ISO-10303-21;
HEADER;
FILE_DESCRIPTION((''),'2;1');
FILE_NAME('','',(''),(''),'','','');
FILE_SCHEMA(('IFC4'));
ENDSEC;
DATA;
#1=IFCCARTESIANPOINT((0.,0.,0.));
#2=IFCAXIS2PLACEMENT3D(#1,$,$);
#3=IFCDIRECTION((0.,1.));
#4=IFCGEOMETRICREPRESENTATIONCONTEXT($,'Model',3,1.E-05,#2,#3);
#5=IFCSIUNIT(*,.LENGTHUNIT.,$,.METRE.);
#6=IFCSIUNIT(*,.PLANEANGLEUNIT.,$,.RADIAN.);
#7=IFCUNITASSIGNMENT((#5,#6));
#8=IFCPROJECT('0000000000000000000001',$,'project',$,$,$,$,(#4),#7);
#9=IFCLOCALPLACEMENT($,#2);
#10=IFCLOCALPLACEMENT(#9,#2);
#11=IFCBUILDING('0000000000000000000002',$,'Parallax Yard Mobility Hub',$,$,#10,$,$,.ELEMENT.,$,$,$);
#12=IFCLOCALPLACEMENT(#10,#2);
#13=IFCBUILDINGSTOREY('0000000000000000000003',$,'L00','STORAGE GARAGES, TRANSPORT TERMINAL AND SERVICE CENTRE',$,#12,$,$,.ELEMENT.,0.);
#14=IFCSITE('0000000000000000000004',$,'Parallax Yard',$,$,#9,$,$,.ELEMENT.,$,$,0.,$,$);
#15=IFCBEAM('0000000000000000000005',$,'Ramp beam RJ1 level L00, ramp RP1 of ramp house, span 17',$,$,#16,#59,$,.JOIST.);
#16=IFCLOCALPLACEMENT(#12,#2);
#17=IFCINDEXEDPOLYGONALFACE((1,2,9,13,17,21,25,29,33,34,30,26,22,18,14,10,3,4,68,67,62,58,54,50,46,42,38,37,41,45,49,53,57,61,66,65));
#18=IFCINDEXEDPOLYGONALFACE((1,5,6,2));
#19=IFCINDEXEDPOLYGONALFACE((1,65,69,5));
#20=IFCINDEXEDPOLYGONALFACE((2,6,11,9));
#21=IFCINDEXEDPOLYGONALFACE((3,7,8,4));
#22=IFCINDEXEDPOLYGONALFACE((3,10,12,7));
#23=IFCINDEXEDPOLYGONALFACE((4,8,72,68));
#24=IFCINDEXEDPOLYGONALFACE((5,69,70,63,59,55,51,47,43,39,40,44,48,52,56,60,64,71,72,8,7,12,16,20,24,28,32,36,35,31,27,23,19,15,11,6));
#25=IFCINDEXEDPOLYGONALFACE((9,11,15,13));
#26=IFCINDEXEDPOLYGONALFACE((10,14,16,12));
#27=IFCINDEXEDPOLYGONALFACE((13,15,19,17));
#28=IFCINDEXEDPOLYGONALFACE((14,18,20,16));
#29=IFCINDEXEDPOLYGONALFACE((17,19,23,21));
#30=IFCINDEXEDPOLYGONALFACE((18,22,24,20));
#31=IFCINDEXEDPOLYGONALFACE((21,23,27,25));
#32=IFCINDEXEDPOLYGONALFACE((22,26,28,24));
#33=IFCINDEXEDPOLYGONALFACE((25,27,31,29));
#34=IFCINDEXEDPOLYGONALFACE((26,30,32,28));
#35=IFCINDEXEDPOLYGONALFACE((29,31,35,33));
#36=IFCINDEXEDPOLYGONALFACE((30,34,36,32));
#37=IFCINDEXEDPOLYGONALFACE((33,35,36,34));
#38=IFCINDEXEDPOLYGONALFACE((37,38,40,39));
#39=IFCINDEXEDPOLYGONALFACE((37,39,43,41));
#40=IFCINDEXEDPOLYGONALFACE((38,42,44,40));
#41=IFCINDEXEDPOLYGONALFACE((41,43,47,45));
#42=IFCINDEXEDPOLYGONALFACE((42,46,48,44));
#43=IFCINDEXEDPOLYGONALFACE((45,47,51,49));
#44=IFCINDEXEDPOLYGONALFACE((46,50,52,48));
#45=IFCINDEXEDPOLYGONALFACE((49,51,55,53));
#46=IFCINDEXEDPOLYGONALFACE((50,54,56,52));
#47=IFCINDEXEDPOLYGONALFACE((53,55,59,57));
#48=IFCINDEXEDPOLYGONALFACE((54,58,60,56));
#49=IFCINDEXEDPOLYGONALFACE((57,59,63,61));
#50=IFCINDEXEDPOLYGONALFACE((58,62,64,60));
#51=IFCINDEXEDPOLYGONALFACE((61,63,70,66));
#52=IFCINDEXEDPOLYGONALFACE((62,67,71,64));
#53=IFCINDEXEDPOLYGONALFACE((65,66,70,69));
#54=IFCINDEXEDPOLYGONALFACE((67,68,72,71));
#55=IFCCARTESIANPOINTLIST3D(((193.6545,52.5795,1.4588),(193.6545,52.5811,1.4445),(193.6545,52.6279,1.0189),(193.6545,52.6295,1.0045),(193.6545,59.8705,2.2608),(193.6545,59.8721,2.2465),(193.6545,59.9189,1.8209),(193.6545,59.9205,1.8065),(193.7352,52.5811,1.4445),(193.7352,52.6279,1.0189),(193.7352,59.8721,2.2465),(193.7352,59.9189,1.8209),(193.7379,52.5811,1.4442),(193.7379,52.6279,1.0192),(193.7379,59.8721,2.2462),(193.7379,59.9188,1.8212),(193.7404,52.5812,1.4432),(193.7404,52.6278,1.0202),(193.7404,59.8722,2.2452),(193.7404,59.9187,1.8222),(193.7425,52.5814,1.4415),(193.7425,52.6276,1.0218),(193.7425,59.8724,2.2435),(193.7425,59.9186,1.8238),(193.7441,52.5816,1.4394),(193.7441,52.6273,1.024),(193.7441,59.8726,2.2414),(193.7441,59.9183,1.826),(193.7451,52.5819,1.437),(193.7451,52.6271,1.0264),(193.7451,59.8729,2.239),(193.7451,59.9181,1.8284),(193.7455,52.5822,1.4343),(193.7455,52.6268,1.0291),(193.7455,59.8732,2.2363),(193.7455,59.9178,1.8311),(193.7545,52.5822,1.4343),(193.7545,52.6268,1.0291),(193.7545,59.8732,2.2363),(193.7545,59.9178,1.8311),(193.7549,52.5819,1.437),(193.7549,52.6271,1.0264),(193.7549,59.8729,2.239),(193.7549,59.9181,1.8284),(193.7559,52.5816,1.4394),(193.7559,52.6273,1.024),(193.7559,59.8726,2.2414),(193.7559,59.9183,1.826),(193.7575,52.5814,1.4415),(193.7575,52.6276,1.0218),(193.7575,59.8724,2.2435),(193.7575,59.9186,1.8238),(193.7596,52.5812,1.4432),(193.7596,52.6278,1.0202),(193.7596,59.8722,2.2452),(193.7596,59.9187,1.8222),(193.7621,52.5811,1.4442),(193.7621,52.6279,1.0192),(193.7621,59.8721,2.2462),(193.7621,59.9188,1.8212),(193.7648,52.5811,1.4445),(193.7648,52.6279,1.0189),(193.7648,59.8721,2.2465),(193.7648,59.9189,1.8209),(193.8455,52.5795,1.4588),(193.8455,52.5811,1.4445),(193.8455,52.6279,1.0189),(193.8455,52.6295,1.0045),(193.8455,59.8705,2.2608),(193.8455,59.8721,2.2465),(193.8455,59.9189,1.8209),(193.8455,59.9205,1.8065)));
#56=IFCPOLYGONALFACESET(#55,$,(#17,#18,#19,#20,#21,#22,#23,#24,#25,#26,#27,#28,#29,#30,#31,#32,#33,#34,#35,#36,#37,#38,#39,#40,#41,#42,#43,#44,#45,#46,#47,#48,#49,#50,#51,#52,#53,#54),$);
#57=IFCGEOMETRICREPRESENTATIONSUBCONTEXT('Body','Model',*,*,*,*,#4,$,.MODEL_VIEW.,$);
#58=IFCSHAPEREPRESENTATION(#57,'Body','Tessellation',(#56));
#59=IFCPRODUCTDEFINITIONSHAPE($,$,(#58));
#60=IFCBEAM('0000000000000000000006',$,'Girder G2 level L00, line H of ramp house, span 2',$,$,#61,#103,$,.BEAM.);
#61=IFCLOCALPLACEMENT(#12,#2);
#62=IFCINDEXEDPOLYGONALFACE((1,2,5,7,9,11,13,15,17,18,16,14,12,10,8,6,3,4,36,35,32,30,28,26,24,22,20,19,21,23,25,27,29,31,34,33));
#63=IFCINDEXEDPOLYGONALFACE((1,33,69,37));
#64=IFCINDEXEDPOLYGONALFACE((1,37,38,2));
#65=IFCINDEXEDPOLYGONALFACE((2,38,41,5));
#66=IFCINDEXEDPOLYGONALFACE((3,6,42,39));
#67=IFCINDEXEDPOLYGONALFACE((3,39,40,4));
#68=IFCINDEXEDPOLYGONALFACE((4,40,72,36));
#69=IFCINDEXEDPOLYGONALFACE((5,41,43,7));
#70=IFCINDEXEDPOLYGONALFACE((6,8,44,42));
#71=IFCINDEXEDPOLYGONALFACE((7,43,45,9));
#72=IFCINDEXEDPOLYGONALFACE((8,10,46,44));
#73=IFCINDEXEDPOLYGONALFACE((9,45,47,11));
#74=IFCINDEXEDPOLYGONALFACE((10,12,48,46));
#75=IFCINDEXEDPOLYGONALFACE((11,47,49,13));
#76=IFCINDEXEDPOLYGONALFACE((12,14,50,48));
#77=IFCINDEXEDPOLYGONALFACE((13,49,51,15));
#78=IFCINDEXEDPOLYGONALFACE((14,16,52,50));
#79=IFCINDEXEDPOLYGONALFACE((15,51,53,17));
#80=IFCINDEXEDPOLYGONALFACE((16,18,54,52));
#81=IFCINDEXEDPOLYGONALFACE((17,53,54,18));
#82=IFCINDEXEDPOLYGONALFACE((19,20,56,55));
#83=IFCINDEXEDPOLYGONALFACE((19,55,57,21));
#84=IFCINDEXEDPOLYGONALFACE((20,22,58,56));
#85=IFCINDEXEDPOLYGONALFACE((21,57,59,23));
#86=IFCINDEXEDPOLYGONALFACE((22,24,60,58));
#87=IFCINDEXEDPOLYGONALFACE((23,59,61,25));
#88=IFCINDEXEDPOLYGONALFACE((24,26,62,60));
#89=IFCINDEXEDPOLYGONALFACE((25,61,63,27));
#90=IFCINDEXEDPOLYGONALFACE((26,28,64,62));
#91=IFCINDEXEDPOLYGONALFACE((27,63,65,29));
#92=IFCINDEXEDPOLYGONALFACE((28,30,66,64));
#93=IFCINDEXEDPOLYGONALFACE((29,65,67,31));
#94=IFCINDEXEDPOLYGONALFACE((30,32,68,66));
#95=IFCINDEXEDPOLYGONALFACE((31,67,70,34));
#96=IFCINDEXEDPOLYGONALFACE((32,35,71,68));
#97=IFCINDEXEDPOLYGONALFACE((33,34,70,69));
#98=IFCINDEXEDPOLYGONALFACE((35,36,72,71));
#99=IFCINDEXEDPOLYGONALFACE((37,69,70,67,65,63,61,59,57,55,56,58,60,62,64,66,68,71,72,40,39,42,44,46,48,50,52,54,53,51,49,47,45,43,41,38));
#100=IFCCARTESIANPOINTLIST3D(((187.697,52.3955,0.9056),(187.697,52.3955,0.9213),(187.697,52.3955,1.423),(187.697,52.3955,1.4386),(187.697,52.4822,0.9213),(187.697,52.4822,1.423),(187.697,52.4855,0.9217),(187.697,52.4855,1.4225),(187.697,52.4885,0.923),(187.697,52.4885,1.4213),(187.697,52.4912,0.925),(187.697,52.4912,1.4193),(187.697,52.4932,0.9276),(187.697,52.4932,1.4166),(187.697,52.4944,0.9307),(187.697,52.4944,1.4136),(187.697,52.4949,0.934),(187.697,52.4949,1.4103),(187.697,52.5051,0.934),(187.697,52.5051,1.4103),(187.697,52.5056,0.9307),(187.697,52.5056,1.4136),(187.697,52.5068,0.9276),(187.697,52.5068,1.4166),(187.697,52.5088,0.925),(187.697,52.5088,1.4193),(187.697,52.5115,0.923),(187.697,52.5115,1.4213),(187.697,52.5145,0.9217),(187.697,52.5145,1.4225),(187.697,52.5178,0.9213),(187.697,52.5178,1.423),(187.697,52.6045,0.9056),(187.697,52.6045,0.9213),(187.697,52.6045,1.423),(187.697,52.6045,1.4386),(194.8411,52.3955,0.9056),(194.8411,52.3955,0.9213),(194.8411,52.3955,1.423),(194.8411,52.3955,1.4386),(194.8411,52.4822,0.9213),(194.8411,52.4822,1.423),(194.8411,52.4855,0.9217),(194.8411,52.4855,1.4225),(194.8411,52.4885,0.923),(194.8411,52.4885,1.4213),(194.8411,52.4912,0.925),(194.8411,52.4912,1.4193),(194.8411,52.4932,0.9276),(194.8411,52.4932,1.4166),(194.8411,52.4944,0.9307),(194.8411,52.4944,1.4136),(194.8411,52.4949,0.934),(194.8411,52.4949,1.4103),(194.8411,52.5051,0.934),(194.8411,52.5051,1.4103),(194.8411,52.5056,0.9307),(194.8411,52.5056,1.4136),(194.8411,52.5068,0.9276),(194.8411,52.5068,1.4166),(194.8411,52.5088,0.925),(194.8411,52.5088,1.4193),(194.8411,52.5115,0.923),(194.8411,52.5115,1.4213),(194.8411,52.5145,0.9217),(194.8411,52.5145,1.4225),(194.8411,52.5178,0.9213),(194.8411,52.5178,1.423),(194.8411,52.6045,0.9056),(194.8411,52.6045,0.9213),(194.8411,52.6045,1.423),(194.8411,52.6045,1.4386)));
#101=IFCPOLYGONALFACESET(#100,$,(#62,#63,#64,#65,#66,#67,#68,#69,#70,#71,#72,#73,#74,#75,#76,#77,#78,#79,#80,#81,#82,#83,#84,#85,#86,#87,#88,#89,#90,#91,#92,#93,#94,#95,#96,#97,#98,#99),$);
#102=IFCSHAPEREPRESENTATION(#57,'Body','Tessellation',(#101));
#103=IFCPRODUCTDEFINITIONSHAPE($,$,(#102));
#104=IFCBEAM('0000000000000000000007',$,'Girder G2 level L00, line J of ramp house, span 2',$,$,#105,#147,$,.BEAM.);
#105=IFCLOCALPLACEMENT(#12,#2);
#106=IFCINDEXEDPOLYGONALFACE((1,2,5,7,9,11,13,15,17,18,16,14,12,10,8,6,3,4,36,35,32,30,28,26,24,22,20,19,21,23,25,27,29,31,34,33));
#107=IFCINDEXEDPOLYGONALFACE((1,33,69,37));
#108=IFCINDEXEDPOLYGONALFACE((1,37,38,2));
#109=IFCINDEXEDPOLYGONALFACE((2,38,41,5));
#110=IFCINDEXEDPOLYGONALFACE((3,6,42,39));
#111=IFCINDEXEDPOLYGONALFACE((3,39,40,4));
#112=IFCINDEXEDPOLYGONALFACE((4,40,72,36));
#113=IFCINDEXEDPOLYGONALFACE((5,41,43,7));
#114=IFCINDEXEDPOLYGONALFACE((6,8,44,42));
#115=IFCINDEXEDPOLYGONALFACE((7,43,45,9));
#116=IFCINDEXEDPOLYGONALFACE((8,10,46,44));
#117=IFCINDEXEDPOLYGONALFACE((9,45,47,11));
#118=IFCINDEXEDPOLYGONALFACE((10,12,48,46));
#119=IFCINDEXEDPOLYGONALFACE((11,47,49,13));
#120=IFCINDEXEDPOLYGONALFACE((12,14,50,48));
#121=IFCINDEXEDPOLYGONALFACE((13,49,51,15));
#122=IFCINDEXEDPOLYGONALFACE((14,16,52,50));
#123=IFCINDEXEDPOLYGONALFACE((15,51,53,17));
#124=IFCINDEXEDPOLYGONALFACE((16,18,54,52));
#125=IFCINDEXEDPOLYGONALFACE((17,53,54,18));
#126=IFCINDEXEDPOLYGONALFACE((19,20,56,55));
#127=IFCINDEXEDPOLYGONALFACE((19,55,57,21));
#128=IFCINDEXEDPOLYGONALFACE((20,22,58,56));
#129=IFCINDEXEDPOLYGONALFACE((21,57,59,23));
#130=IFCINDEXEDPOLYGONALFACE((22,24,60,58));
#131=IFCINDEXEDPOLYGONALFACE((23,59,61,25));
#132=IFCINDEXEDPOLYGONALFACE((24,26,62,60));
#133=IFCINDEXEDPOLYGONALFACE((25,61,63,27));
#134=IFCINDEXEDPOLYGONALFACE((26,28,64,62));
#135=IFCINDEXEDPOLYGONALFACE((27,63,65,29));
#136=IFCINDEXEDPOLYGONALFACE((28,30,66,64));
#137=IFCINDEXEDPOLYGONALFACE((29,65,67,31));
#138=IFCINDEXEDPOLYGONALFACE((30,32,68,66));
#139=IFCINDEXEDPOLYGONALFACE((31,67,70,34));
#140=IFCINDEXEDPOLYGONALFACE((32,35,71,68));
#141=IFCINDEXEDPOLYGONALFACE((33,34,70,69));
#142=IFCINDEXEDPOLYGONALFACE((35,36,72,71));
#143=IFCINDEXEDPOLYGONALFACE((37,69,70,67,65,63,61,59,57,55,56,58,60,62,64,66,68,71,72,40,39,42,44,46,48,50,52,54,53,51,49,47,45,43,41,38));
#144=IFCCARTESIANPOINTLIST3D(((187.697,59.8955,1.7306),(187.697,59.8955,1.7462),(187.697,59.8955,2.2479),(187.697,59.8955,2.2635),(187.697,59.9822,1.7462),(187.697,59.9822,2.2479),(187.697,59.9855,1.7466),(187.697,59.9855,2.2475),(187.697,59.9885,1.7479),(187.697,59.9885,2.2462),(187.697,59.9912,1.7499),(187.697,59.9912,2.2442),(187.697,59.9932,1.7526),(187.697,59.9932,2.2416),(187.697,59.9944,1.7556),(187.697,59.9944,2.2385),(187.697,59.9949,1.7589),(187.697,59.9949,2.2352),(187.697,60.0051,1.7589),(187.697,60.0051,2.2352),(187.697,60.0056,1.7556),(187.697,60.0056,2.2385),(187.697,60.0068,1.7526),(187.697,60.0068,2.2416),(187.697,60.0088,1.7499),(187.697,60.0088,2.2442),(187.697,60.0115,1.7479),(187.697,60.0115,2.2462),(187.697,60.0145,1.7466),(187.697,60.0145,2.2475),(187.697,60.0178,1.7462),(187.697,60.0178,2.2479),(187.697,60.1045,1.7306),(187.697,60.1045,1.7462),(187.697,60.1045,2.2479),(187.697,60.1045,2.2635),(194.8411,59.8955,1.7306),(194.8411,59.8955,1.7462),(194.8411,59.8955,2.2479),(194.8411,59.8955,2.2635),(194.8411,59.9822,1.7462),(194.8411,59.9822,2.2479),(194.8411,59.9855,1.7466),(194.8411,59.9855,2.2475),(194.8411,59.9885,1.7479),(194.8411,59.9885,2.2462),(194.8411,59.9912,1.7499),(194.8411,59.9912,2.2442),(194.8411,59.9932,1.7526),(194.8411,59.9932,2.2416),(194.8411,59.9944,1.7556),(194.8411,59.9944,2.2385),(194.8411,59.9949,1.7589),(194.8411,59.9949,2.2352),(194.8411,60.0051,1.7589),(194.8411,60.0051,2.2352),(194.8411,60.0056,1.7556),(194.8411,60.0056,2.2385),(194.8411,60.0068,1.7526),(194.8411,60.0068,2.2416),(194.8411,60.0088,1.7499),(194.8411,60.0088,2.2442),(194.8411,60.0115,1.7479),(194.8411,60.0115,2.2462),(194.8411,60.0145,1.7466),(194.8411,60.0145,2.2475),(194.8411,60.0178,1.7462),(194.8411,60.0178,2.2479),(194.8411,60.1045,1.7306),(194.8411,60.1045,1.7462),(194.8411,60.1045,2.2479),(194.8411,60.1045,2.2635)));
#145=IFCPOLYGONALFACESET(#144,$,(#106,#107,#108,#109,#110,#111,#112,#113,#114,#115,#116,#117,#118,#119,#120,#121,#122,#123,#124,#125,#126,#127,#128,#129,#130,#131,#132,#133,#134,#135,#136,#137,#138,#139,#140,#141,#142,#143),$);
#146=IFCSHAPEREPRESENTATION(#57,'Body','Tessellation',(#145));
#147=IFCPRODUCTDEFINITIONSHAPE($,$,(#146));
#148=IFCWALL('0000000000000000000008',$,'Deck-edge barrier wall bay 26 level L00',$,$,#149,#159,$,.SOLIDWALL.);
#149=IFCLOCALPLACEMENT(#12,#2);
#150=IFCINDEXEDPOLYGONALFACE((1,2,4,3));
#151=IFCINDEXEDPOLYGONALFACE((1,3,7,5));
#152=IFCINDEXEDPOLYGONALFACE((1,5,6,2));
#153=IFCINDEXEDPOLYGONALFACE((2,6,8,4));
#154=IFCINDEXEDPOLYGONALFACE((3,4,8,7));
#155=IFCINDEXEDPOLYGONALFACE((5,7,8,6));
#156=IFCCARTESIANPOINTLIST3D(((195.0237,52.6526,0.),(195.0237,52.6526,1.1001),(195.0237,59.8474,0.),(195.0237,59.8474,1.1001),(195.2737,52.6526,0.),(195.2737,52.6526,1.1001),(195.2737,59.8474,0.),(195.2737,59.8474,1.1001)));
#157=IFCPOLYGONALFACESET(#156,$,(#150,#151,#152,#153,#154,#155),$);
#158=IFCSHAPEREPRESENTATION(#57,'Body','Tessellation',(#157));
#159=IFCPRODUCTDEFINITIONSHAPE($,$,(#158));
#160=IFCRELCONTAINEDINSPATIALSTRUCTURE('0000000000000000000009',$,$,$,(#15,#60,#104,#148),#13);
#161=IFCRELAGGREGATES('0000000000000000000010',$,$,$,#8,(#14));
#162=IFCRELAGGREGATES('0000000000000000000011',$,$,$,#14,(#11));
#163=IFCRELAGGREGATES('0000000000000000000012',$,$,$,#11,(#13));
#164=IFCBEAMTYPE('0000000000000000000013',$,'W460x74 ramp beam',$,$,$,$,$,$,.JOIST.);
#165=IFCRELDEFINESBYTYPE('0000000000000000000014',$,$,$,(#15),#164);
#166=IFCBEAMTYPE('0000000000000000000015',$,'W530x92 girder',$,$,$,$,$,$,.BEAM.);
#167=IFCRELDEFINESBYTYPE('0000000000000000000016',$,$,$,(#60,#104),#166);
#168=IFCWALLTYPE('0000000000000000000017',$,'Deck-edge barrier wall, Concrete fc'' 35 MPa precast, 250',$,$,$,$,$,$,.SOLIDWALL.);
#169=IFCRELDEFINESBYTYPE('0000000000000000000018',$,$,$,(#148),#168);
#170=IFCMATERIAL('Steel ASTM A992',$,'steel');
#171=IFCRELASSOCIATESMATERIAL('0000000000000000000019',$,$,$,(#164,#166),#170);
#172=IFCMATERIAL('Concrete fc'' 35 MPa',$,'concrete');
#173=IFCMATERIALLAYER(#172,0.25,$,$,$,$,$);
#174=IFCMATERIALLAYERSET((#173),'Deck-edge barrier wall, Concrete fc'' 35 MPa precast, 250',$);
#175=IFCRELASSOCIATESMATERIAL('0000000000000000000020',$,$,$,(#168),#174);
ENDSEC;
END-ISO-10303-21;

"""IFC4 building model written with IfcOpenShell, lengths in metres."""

from ifc_helpers import new_model, si_unit, direction, frame, frame_2d, origin, origin_2d, place, context, subcontext, project, spatial, rectangle, i_section, extrude, material, layer, layer_set, material_profile, profile_set, type_object, element, save


model = new_model("IFC4")

# Units and contexts
model_context = context("Model", 3, precision=1e-05, world=origin(), true_north=direction((0.0, 1.0)))
body_context = subcontext(model_context, "Body", "Model", "MODEL_VIEW")
ifc_project = project(units=[si_unit("LENGTHUNIT", "METRE"), si_unit("PLANEANGLEUNIT", "RADIAN")], contexts=[model_context])

# Site, building, storey
site_placement = place(None, origin())
site = spatial("IfcSite", under=ifc_project, at=site_placement, Name="Parallax Yard", CompositionType="ELEMENT", RefElevation=0.0)
building_placement = place(site_placement, origin())
building = spatial("IfcBuilding", under=site, at=building_placement, Name="Parallax Yard Mobility Hub", CompositionType="ELEMENT")
storey_placement = place(building_placement, origin())
storey = spatial("IfcBuildingStorey", under=building, at=storey_placement, Name="L00", Description="STORAGE GARAGES, TRANSPORT TERMINAL AND SERVICE CENTRE", CompositionType="ELEMENT", Elevation=0.0)

# Shared definitions
ifc_material_1 = material(Name="Steel ASTM A992", Category="steel")

# Beams
ifc_material_profile_1 = material_profile(ifc_material_1, i_section(OverallWidth=0.1909, OverallDepth=0.457, WebThickness=0.009, FlangeThickness=0.0144, FilletRadius=0.0103, at=origin_2d()), Name="W460x74")
ifc_profile_set_1 = profile_set([ifc_material_profile_1], Name="Steel ASTM A992")
beam_type_1 = type_object("IfcBeamType", Name="W460x74 ramp beam", PredefinedType="JOIST", material=ifc_profile_set_1)
for number, where, z_axis, x_axis, name in (
    (1, (193.75, 52.6045, 1.2317), (0.0, 0.994005, 0.109339), (-1.0, 0.0, 0.0), "Ramp beam RJ1 level L00, ramp RP1 of ramp house, span 17"),
):
    element("IfcBeam", number, at=place(storey_placement, frame(where, z_axis=z_axis, x_axis=x_axis)), inside=storey, type_object=beam_type_1, Name=name, PredefinedType="JOIST", context=body_context, shape_type="SweptSolid", body=[
        extrude(i_section(OverallWidth=0.1909, OverallDepth=0.457, WebThickness=0.009, FlangeThickness=0.0144, FilletRadius=0.0103, at=origin_2d()), origin(), (0.0, 0.0, 1.0), 7.335),
    ])
ifc_material_profile_2 = material_profile(ifc_material_1, i_section(OverallWidth=0.209, OverallDepth=0.533, WebThickness=0.0103, FlangeThickness=0.0156, FilletRadius=0.0127, at=origin_2d()), Name="W530x92")
ifc_profile_set_2 = profile_set([ifc_material_profile_2], Name="Steel ASTM A992")
beam_type_2 = type_object("IfcBeamType", Name="W530x92 girder", PredefinedType="BEAM", material=ifc_profile_set_2)
for number, where, z_axis, x_axis, name in (
    (2, (187.697, 52.5, 1.1721), (1.0, 0.0, 0.0), (0.0, 1.0, 0.0), "Girder G2 level L00, line H of ramp house, span 2"),
    (3, (187.697, 60.0, 1.9971), (1.0, 0.0, 0.0), (0.0, 1.0, 0.0), "Girder G2 level L00, line J of ramp house, span 2"),
):
    element("IfcBeam", number, at=place(storey_placement, frame(where, z_axis=z_axis, x_axis=x_axis)), inside=storey, type_object=beam_type_2, Name=name, PredefinedType="BEAM", context=body_context, shape_type="SweptSolid", body=[
        extrude(i_section(OverallWidth=0.209, OverallDepth=0.533, WebThickness=0.0103, FlangeThickness=0.0156, FilletRadius=0.0127, at=origin_2d()), origin(), (0.0, 0.0, 1.0), 7.144),
    ])

# Wall
ifc_material_2 = material(Name="Concrete fc' 35 MPa", Category="concrete")
ifc_layer = layer(ifc_material_2, 0.25)
ifc_layer_set = layer_set([ifc_layer], Name="Deck-edge barrier wall, Concrete fc' 35 MPa precast, 250")
wall_type = type_object("IfcWallType", Name="Deck-edge barrier wall, Concrete fc' 35 MPa precast, 250", PredefinedType="SOLIDWALL", material=ifc_layer_set)
wall_placement = place(storey_placement, frame((195.1487, 59.8474, 0.0), z_axis=(0.0, 0.0, 1.0), x_axis=(0.0, -1.0, 0.0)))
element("IfcWall", 4, at=wall_placement, inside=storey, type_object=wall_type, Name="Deck-edge barrier wall bay 26 level L00", PredefinedType="SOLIDWALL", context=body_context, shape_type="SweptSolid", body=[
    extrude(rectangle(XDim=7.1948, YDim=0.25, at=frame_2d((3.5974, 0.0))), origin(), (0.0, 0.0, 1.0), 1.1001),
])

save(model, "model.ifc")
